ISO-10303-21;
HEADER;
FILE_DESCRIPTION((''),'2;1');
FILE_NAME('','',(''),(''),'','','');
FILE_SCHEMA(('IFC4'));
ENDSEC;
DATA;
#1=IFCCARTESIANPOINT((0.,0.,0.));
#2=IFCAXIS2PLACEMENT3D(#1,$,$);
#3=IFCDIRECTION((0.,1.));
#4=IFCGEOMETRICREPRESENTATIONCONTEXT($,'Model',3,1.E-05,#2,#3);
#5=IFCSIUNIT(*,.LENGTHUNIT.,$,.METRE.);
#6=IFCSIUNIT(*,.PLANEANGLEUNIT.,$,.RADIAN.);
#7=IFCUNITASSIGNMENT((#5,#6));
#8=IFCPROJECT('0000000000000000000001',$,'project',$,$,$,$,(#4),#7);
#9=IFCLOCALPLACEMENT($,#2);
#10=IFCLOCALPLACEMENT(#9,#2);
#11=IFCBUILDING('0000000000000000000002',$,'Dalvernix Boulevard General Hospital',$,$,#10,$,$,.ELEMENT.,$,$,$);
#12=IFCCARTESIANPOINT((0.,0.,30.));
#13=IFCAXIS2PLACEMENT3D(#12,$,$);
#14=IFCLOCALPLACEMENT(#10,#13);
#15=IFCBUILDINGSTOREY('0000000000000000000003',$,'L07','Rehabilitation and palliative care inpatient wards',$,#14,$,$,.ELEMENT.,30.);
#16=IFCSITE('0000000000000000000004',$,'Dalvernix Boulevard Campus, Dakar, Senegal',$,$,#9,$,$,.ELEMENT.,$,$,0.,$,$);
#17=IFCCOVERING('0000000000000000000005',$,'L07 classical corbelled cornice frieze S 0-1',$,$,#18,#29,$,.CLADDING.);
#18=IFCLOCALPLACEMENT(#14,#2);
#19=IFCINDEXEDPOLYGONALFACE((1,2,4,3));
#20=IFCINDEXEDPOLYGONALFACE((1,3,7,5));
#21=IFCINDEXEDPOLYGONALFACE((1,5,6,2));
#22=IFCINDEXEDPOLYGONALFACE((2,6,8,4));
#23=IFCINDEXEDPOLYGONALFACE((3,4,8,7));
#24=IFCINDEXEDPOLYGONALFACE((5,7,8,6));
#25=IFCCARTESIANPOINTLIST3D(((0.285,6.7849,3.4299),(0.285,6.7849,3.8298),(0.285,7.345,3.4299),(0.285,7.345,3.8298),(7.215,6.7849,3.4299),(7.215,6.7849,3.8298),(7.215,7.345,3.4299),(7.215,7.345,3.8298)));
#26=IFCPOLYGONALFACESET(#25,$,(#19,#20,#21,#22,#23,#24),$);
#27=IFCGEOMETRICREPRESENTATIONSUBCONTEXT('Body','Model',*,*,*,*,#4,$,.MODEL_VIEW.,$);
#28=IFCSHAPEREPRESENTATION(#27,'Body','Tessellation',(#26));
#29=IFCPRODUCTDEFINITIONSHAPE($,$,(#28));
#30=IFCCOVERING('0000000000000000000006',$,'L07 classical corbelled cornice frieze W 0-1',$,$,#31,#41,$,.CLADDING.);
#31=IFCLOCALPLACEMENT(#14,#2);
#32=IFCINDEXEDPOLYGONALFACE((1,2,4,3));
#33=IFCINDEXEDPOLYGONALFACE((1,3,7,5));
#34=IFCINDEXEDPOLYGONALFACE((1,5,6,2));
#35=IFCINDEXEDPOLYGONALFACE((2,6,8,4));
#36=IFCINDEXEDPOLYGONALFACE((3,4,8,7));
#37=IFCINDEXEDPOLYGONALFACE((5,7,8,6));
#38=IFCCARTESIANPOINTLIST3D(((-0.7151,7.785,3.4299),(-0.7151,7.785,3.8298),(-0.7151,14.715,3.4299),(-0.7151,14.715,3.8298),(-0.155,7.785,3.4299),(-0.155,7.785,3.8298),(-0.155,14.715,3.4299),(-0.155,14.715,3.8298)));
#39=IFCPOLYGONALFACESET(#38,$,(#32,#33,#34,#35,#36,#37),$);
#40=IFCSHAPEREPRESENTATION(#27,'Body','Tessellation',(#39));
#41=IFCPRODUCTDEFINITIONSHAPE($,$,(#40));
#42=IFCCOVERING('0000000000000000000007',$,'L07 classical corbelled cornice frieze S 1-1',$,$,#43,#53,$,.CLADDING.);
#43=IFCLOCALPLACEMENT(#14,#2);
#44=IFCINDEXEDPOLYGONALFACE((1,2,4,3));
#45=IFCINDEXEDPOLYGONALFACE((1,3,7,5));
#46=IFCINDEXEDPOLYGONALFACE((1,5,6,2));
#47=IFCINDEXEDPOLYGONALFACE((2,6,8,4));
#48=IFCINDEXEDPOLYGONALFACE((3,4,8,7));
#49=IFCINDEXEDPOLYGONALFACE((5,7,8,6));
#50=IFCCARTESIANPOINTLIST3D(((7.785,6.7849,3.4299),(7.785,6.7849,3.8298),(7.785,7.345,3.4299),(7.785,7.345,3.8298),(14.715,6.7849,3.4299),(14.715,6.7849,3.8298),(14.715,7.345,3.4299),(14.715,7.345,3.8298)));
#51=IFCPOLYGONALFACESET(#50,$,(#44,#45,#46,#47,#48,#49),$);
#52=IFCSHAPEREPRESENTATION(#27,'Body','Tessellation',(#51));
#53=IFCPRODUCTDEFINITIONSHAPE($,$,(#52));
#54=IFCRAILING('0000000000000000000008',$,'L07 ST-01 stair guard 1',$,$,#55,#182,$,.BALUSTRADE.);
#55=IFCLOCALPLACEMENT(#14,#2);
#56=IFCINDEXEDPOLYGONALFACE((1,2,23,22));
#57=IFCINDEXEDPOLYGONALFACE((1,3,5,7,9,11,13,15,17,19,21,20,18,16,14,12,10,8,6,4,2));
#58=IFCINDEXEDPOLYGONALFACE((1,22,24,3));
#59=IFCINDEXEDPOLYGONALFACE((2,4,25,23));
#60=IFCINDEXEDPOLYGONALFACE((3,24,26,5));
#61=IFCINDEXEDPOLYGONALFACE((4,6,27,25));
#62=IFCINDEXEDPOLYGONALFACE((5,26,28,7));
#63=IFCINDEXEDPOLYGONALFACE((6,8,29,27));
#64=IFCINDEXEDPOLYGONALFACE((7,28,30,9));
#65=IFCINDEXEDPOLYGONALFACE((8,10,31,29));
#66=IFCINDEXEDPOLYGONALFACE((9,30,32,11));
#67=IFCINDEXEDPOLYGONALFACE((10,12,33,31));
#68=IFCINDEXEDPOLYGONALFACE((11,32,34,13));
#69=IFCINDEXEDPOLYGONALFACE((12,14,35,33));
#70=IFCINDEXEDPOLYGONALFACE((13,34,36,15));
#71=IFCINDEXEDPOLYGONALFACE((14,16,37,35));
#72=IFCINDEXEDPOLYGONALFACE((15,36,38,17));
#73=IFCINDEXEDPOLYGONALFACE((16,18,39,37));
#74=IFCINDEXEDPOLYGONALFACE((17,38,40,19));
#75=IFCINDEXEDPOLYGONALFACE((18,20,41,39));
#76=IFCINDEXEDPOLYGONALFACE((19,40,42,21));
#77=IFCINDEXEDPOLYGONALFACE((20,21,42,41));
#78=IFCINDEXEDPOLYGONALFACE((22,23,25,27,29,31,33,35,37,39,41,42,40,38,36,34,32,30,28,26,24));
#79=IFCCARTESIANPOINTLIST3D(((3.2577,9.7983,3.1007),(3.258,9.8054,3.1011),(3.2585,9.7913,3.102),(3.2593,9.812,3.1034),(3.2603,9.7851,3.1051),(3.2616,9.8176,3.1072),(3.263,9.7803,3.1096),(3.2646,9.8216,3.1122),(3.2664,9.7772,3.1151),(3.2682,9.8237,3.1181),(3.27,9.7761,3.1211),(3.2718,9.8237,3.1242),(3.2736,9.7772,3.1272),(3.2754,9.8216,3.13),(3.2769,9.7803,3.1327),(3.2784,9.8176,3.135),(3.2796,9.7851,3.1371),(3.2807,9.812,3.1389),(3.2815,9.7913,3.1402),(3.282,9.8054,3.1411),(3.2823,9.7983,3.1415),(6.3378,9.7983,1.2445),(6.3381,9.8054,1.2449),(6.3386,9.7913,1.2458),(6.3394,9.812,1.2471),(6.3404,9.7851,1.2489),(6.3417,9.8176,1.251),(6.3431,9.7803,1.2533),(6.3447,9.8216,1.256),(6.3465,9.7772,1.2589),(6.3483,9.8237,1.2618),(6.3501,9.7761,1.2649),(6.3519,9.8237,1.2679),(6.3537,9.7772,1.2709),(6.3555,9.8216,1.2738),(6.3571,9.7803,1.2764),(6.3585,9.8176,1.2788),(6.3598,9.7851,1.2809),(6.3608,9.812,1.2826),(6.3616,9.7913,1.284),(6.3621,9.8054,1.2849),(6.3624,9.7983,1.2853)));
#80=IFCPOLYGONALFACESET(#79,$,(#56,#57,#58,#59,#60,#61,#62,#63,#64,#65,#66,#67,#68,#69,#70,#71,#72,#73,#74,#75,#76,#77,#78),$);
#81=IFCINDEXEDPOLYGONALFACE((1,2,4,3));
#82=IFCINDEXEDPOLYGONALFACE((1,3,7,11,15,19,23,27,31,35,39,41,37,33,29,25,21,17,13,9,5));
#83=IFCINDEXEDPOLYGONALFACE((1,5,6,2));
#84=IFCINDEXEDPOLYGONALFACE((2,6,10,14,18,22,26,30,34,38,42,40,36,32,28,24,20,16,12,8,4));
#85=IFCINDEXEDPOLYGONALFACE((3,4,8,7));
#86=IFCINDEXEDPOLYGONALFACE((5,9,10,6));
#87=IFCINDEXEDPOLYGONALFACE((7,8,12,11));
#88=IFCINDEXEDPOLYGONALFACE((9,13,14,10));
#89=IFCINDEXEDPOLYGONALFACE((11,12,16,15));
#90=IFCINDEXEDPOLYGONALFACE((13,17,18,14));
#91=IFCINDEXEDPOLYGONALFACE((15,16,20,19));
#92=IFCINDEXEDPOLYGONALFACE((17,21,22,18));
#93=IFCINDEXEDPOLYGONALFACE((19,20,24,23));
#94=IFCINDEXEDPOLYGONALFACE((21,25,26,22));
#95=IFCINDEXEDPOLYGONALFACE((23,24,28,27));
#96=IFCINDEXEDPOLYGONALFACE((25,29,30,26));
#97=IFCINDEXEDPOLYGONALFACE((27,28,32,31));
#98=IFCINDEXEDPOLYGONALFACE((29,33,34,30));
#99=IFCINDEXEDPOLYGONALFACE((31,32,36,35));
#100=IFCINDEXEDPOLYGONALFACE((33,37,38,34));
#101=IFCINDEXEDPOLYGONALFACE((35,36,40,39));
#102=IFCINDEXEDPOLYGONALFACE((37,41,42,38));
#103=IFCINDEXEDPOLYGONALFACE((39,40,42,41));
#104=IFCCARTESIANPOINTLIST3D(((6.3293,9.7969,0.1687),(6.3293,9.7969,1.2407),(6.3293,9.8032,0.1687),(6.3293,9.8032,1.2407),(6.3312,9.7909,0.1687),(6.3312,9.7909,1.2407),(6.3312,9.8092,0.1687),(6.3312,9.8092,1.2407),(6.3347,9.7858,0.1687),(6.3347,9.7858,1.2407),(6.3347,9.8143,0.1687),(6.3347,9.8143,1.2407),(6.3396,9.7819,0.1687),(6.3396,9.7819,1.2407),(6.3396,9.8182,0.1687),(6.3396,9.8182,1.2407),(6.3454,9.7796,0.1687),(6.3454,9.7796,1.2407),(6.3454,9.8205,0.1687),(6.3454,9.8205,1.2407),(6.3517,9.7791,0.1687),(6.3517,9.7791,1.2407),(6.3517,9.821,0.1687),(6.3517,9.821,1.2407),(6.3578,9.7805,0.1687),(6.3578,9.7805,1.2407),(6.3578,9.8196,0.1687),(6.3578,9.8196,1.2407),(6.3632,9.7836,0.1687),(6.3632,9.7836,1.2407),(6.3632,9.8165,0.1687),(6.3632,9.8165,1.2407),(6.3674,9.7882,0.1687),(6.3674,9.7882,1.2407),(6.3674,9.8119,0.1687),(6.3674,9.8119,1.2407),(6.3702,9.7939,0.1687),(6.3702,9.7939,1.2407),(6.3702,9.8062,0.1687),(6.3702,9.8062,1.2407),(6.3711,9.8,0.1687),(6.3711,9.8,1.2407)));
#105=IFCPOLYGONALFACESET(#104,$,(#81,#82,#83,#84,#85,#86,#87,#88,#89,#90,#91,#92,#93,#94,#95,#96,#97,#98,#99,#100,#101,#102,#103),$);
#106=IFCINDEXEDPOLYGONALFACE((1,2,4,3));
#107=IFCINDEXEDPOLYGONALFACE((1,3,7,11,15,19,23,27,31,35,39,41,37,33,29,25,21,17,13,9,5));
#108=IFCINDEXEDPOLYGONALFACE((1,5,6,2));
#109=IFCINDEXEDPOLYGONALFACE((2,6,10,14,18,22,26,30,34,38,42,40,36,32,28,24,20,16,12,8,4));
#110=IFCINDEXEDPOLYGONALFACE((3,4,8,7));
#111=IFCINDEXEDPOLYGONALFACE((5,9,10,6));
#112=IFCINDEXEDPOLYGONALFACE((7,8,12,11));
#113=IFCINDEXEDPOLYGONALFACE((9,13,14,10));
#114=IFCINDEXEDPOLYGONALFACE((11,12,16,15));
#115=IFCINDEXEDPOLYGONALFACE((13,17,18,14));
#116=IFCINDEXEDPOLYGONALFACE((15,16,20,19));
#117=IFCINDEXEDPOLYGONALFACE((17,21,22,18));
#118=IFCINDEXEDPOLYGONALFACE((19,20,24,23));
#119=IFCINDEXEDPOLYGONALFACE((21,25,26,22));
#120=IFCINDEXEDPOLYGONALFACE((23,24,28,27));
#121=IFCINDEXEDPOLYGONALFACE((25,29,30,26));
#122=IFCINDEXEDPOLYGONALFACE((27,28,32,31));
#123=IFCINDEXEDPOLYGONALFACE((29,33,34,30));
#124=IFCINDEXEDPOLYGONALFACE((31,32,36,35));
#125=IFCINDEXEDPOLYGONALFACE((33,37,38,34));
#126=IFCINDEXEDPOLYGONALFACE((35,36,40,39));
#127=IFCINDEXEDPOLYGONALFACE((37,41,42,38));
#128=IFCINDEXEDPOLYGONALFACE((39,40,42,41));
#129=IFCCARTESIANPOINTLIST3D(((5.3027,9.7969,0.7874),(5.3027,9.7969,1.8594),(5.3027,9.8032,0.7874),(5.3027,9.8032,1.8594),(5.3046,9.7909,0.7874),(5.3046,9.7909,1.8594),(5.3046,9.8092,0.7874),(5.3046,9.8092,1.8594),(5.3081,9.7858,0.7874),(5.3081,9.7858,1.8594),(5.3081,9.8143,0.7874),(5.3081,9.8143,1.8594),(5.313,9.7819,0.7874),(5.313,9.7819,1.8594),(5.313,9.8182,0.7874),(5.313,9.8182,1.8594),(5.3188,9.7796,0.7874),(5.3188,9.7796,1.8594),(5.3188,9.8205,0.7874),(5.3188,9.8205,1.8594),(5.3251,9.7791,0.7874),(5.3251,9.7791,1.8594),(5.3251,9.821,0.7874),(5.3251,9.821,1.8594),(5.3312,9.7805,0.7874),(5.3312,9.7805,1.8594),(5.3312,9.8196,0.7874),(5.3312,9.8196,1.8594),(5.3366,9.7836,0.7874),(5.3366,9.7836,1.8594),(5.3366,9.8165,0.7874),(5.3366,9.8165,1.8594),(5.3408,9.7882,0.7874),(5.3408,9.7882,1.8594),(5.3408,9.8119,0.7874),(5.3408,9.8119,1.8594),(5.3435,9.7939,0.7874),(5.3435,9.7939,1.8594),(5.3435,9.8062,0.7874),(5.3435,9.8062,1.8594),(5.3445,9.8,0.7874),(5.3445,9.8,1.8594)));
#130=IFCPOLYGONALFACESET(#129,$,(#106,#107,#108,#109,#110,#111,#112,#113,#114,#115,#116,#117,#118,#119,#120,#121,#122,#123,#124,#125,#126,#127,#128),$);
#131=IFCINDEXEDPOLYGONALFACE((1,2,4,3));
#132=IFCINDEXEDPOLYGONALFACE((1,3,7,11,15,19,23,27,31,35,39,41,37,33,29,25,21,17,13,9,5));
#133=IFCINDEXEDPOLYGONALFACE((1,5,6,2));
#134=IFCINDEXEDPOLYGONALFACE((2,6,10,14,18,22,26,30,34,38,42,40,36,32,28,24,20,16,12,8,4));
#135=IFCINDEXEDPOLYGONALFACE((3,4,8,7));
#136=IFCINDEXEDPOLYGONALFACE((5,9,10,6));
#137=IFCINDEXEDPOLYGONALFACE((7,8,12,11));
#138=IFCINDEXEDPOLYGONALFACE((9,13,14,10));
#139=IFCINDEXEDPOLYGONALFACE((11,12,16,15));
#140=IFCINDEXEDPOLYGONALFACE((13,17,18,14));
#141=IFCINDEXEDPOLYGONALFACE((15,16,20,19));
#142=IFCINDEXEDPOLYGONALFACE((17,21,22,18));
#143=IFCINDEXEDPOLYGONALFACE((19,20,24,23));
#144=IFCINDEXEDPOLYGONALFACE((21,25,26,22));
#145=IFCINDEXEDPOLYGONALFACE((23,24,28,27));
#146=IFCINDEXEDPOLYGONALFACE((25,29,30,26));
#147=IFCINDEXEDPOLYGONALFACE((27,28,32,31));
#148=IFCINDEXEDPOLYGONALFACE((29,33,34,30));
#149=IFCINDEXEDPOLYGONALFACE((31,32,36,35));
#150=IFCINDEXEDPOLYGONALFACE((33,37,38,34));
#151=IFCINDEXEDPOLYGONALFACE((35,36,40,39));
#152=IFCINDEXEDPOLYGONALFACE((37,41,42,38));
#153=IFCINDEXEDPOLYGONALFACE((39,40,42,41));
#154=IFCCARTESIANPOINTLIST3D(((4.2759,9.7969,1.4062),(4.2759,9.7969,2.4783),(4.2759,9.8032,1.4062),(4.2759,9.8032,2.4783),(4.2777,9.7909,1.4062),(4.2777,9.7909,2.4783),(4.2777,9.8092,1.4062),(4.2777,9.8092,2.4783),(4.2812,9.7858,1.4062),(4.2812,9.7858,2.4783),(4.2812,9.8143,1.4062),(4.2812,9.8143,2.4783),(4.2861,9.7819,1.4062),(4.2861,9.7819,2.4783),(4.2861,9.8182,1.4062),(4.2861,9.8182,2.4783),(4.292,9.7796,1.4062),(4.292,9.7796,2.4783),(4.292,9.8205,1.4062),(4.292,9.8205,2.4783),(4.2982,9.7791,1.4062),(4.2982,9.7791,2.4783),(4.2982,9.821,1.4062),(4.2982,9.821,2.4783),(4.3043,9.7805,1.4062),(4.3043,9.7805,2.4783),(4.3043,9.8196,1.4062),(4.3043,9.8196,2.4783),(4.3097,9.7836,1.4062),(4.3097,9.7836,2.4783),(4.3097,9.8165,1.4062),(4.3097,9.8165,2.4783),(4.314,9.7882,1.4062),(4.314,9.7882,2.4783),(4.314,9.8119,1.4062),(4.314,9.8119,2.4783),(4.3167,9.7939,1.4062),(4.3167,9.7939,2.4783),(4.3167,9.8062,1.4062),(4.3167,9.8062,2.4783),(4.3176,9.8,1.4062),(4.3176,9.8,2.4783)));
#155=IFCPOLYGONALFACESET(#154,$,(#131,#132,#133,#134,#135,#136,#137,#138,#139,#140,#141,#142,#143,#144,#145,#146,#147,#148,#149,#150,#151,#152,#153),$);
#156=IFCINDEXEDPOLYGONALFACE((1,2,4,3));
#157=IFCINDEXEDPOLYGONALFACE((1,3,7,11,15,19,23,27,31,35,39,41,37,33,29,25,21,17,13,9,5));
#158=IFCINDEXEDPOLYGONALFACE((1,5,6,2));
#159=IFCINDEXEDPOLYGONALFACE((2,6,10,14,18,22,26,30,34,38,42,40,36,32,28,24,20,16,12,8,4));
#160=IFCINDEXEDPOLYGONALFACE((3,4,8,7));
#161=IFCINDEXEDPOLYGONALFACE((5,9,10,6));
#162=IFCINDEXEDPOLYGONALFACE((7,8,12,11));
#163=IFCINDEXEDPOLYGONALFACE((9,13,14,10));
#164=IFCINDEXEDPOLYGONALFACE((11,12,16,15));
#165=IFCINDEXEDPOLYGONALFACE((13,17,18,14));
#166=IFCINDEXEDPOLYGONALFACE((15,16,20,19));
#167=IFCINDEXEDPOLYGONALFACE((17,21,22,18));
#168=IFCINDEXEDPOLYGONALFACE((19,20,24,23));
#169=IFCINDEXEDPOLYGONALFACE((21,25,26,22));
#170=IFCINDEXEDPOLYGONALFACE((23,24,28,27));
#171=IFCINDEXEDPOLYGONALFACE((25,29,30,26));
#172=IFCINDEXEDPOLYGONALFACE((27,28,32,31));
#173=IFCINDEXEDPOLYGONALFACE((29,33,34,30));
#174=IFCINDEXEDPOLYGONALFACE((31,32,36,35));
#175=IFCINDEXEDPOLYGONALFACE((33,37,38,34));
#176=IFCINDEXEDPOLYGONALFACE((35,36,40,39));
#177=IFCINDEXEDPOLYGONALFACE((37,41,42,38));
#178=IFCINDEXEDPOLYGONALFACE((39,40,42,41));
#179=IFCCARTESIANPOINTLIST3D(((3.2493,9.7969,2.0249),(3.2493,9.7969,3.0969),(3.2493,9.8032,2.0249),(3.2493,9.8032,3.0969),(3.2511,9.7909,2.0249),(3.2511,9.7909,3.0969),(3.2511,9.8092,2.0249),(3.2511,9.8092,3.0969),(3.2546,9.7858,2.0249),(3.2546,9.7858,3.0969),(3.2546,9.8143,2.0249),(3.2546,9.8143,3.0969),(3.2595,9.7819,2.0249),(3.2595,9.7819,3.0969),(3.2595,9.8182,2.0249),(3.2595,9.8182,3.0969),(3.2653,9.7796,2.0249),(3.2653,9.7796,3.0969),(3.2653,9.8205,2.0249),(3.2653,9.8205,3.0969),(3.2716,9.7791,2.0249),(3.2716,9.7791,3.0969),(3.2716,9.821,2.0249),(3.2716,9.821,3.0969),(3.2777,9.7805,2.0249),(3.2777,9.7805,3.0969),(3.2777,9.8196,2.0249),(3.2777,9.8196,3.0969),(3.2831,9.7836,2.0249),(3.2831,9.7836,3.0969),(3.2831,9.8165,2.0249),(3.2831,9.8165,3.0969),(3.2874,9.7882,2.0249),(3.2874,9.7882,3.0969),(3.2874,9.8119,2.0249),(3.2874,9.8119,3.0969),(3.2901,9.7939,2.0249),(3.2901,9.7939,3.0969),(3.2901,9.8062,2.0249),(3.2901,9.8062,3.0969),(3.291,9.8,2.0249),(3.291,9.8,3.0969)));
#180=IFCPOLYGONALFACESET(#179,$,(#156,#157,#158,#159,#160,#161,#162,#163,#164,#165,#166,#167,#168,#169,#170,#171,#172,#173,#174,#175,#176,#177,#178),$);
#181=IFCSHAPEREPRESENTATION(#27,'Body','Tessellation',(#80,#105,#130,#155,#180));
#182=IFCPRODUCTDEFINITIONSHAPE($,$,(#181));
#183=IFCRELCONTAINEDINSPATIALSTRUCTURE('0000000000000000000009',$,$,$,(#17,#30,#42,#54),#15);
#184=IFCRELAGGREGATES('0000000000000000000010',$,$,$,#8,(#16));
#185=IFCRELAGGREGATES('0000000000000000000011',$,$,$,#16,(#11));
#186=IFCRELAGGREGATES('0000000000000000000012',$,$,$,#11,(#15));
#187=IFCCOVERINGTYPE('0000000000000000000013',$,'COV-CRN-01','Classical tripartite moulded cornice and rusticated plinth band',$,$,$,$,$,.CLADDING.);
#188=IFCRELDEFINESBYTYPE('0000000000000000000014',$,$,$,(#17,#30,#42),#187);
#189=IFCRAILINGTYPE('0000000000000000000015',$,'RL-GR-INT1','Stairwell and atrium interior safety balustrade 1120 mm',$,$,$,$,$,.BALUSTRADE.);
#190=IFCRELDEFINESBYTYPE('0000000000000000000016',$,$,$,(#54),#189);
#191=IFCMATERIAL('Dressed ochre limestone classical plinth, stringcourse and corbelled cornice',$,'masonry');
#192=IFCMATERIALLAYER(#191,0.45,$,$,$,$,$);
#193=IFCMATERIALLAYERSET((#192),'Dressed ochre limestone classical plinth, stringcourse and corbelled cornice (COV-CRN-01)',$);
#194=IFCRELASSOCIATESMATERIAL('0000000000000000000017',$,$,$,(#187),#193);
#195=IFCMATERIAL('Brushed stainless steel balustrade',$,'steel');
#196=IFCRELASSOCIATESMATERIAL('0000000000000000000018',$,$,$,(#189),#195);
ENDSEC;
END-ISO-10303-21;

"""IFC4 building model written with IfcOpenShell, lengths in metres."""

from ifc_helpers import new_model, si_unit, direction, frame, origin, origin_2d, place, context, subcontext, project, spatial, rectangle, circle, extrude, material, layer, layer_set, type_object, element, save


model = new_model("IFC4")

# Units and contexts
model_context = context("Model", 3, precision=1e-05, world=origin(), true_north=direction((0.0, 1.0)))
body_context = subcontext(model_context, "Body", "Model", "MODEL_VIEW")
ifc_project = project(units=[si_unit("LENGTHUNIT", "METRE"), si_unit("PLANEANGLEUNIT", "RADIAN")], contexts=[model_context])

# Site, building, storey
site_placement = place(None, origin())
site = spatial("IfcSite", under=ifc_project, at=site_placement, Name="Dalvernix Boulevard Campus, Dakar, Senegal", CompositionType="ELEMENT", RefElevation=0.0)
building_placement = place(site_placement, origin())
building = spatial("IfcBuilding", under=site, at=building_placement, Name="Dalvernix Boulevard General Hospital", CompositionType="ELEMENT")
storey_placement = place(building_placement, frame((0.0, 0.0, 30.0)))
storey = spatial("IfcBuildingStorey", under=building, at=storey_placement, Name="L07", Description="Rehabilitation and palliative care inpatient wards", CompositionType="ELEMENT", Elevation=30.0)

# Coverings
ifc_material_1 = material(Name="Dressed ochre limestone classical plinth, stringcourse and corbelled cornice", Category="masonry")
ifc_layer_1 = layer(ifc_material_1, 0.45)
ifc_layer_set_1 = layer_set([ifc_layer_1], Name="Dressed ochre limestone classical plinth, stringcourse and corbelled cornice (COV-CRN-01)")
covering_type_1 = type_object("IfcCoveringType", Name="COV-CRN-01", Description="Classical tripartite moulded cornice and rusticated plinth band", PredefinedType="CLADDING", material=ifc_layer_set_1)
for number, where, z_axis, x_axis, name in (
    (1, (3.75, 7.0649, 3.4299), (0.0, 0.0, 1.0), (-1.0, 0.0, 0.0), "L07 classical corbelled cornice frieze S 0-1"),
    (2, (-0.4351, 11.25, 3.4299), (0.0, 0.0, 1.0), (0.0, 1.0, 0.0), "L07 classical corbelled cornice frieze W 0-1"),
    (3, (11.25, 7.0649, 3.4299), (0.0, 0.0, 1.0), (-1.0, 0.0, 0.0), "L07 classical corbelled cornice frieze S 1-1"),
):
    element("IfcCovering", number, at=place(storey_placement, frame(where, z_axis=z_axis, x_axis=x_axis)), inside=storey, type_object=covering_type_1, Name=name, PredefinedType="CLADDING", context=body_context, shape_type="SweptSolid", body=[
        extrude(rectangle(XDim=6.9299, YDim=0.5601, at=origin_2d()), origin(), (0.0, 0.0, 1.0), 0.3999),
    ])

# Railing
ifc_material_2 = material(Name="Brushed stainless steel balustrade", Category="steel")
railing_type_1 = type_object("IfcRailingType", Name="RL-GR-INT1", Description="Stairwell and atrium interior safety balustrade 1120 mm", PredefinedType="BALUSTRADE", material=ifc_material_2)
railing_1_placement = place(storey_placement, frame((6.3501, 9.8, 0.1687)))
element("IfcRailing", 4, at=railing_1_placement, inside=storey, type_object=railing_type_1, Name="L07 ST-01 stair guard 1", PredefinedType="BALUSTRADE", context=body_context, shape_type="SweptSolid", body=[
    extrude(circle(Radius=0.0239, at=origin_2d()), frame((0.0, 0.0, 1.0962), z_axis=(-0.856491, 0.0, 0.516162), x_axis=(0.0, -1.0, 0.0)), (0.0, 0.0, 1.0), 3.5962),
    extrude(circle(Radius=0.021, at=origin_2d()), origin(), (0.0, 0.0, 1.0), 1.072),
    extrude(circle(Radius=0.021, at=origin_2d()), frame((-1.0266, 0.0, 0.6187)), (0.0, 0.0, 1.0), 1.072),
    extrude(circle(Radius=0.021, at=origin_2d()), frame((-2.0535, 0.0, 1.2375)), (0.0, 0.0, 1.0), 1.072),
    extrude(circle(Radius=0.021, at=origin_2d()), frame((-3.0801, 0.0, 1.8562)), (0.0, 0.0, 1.0), 1.072),
])

save(model, "model.ifc")
